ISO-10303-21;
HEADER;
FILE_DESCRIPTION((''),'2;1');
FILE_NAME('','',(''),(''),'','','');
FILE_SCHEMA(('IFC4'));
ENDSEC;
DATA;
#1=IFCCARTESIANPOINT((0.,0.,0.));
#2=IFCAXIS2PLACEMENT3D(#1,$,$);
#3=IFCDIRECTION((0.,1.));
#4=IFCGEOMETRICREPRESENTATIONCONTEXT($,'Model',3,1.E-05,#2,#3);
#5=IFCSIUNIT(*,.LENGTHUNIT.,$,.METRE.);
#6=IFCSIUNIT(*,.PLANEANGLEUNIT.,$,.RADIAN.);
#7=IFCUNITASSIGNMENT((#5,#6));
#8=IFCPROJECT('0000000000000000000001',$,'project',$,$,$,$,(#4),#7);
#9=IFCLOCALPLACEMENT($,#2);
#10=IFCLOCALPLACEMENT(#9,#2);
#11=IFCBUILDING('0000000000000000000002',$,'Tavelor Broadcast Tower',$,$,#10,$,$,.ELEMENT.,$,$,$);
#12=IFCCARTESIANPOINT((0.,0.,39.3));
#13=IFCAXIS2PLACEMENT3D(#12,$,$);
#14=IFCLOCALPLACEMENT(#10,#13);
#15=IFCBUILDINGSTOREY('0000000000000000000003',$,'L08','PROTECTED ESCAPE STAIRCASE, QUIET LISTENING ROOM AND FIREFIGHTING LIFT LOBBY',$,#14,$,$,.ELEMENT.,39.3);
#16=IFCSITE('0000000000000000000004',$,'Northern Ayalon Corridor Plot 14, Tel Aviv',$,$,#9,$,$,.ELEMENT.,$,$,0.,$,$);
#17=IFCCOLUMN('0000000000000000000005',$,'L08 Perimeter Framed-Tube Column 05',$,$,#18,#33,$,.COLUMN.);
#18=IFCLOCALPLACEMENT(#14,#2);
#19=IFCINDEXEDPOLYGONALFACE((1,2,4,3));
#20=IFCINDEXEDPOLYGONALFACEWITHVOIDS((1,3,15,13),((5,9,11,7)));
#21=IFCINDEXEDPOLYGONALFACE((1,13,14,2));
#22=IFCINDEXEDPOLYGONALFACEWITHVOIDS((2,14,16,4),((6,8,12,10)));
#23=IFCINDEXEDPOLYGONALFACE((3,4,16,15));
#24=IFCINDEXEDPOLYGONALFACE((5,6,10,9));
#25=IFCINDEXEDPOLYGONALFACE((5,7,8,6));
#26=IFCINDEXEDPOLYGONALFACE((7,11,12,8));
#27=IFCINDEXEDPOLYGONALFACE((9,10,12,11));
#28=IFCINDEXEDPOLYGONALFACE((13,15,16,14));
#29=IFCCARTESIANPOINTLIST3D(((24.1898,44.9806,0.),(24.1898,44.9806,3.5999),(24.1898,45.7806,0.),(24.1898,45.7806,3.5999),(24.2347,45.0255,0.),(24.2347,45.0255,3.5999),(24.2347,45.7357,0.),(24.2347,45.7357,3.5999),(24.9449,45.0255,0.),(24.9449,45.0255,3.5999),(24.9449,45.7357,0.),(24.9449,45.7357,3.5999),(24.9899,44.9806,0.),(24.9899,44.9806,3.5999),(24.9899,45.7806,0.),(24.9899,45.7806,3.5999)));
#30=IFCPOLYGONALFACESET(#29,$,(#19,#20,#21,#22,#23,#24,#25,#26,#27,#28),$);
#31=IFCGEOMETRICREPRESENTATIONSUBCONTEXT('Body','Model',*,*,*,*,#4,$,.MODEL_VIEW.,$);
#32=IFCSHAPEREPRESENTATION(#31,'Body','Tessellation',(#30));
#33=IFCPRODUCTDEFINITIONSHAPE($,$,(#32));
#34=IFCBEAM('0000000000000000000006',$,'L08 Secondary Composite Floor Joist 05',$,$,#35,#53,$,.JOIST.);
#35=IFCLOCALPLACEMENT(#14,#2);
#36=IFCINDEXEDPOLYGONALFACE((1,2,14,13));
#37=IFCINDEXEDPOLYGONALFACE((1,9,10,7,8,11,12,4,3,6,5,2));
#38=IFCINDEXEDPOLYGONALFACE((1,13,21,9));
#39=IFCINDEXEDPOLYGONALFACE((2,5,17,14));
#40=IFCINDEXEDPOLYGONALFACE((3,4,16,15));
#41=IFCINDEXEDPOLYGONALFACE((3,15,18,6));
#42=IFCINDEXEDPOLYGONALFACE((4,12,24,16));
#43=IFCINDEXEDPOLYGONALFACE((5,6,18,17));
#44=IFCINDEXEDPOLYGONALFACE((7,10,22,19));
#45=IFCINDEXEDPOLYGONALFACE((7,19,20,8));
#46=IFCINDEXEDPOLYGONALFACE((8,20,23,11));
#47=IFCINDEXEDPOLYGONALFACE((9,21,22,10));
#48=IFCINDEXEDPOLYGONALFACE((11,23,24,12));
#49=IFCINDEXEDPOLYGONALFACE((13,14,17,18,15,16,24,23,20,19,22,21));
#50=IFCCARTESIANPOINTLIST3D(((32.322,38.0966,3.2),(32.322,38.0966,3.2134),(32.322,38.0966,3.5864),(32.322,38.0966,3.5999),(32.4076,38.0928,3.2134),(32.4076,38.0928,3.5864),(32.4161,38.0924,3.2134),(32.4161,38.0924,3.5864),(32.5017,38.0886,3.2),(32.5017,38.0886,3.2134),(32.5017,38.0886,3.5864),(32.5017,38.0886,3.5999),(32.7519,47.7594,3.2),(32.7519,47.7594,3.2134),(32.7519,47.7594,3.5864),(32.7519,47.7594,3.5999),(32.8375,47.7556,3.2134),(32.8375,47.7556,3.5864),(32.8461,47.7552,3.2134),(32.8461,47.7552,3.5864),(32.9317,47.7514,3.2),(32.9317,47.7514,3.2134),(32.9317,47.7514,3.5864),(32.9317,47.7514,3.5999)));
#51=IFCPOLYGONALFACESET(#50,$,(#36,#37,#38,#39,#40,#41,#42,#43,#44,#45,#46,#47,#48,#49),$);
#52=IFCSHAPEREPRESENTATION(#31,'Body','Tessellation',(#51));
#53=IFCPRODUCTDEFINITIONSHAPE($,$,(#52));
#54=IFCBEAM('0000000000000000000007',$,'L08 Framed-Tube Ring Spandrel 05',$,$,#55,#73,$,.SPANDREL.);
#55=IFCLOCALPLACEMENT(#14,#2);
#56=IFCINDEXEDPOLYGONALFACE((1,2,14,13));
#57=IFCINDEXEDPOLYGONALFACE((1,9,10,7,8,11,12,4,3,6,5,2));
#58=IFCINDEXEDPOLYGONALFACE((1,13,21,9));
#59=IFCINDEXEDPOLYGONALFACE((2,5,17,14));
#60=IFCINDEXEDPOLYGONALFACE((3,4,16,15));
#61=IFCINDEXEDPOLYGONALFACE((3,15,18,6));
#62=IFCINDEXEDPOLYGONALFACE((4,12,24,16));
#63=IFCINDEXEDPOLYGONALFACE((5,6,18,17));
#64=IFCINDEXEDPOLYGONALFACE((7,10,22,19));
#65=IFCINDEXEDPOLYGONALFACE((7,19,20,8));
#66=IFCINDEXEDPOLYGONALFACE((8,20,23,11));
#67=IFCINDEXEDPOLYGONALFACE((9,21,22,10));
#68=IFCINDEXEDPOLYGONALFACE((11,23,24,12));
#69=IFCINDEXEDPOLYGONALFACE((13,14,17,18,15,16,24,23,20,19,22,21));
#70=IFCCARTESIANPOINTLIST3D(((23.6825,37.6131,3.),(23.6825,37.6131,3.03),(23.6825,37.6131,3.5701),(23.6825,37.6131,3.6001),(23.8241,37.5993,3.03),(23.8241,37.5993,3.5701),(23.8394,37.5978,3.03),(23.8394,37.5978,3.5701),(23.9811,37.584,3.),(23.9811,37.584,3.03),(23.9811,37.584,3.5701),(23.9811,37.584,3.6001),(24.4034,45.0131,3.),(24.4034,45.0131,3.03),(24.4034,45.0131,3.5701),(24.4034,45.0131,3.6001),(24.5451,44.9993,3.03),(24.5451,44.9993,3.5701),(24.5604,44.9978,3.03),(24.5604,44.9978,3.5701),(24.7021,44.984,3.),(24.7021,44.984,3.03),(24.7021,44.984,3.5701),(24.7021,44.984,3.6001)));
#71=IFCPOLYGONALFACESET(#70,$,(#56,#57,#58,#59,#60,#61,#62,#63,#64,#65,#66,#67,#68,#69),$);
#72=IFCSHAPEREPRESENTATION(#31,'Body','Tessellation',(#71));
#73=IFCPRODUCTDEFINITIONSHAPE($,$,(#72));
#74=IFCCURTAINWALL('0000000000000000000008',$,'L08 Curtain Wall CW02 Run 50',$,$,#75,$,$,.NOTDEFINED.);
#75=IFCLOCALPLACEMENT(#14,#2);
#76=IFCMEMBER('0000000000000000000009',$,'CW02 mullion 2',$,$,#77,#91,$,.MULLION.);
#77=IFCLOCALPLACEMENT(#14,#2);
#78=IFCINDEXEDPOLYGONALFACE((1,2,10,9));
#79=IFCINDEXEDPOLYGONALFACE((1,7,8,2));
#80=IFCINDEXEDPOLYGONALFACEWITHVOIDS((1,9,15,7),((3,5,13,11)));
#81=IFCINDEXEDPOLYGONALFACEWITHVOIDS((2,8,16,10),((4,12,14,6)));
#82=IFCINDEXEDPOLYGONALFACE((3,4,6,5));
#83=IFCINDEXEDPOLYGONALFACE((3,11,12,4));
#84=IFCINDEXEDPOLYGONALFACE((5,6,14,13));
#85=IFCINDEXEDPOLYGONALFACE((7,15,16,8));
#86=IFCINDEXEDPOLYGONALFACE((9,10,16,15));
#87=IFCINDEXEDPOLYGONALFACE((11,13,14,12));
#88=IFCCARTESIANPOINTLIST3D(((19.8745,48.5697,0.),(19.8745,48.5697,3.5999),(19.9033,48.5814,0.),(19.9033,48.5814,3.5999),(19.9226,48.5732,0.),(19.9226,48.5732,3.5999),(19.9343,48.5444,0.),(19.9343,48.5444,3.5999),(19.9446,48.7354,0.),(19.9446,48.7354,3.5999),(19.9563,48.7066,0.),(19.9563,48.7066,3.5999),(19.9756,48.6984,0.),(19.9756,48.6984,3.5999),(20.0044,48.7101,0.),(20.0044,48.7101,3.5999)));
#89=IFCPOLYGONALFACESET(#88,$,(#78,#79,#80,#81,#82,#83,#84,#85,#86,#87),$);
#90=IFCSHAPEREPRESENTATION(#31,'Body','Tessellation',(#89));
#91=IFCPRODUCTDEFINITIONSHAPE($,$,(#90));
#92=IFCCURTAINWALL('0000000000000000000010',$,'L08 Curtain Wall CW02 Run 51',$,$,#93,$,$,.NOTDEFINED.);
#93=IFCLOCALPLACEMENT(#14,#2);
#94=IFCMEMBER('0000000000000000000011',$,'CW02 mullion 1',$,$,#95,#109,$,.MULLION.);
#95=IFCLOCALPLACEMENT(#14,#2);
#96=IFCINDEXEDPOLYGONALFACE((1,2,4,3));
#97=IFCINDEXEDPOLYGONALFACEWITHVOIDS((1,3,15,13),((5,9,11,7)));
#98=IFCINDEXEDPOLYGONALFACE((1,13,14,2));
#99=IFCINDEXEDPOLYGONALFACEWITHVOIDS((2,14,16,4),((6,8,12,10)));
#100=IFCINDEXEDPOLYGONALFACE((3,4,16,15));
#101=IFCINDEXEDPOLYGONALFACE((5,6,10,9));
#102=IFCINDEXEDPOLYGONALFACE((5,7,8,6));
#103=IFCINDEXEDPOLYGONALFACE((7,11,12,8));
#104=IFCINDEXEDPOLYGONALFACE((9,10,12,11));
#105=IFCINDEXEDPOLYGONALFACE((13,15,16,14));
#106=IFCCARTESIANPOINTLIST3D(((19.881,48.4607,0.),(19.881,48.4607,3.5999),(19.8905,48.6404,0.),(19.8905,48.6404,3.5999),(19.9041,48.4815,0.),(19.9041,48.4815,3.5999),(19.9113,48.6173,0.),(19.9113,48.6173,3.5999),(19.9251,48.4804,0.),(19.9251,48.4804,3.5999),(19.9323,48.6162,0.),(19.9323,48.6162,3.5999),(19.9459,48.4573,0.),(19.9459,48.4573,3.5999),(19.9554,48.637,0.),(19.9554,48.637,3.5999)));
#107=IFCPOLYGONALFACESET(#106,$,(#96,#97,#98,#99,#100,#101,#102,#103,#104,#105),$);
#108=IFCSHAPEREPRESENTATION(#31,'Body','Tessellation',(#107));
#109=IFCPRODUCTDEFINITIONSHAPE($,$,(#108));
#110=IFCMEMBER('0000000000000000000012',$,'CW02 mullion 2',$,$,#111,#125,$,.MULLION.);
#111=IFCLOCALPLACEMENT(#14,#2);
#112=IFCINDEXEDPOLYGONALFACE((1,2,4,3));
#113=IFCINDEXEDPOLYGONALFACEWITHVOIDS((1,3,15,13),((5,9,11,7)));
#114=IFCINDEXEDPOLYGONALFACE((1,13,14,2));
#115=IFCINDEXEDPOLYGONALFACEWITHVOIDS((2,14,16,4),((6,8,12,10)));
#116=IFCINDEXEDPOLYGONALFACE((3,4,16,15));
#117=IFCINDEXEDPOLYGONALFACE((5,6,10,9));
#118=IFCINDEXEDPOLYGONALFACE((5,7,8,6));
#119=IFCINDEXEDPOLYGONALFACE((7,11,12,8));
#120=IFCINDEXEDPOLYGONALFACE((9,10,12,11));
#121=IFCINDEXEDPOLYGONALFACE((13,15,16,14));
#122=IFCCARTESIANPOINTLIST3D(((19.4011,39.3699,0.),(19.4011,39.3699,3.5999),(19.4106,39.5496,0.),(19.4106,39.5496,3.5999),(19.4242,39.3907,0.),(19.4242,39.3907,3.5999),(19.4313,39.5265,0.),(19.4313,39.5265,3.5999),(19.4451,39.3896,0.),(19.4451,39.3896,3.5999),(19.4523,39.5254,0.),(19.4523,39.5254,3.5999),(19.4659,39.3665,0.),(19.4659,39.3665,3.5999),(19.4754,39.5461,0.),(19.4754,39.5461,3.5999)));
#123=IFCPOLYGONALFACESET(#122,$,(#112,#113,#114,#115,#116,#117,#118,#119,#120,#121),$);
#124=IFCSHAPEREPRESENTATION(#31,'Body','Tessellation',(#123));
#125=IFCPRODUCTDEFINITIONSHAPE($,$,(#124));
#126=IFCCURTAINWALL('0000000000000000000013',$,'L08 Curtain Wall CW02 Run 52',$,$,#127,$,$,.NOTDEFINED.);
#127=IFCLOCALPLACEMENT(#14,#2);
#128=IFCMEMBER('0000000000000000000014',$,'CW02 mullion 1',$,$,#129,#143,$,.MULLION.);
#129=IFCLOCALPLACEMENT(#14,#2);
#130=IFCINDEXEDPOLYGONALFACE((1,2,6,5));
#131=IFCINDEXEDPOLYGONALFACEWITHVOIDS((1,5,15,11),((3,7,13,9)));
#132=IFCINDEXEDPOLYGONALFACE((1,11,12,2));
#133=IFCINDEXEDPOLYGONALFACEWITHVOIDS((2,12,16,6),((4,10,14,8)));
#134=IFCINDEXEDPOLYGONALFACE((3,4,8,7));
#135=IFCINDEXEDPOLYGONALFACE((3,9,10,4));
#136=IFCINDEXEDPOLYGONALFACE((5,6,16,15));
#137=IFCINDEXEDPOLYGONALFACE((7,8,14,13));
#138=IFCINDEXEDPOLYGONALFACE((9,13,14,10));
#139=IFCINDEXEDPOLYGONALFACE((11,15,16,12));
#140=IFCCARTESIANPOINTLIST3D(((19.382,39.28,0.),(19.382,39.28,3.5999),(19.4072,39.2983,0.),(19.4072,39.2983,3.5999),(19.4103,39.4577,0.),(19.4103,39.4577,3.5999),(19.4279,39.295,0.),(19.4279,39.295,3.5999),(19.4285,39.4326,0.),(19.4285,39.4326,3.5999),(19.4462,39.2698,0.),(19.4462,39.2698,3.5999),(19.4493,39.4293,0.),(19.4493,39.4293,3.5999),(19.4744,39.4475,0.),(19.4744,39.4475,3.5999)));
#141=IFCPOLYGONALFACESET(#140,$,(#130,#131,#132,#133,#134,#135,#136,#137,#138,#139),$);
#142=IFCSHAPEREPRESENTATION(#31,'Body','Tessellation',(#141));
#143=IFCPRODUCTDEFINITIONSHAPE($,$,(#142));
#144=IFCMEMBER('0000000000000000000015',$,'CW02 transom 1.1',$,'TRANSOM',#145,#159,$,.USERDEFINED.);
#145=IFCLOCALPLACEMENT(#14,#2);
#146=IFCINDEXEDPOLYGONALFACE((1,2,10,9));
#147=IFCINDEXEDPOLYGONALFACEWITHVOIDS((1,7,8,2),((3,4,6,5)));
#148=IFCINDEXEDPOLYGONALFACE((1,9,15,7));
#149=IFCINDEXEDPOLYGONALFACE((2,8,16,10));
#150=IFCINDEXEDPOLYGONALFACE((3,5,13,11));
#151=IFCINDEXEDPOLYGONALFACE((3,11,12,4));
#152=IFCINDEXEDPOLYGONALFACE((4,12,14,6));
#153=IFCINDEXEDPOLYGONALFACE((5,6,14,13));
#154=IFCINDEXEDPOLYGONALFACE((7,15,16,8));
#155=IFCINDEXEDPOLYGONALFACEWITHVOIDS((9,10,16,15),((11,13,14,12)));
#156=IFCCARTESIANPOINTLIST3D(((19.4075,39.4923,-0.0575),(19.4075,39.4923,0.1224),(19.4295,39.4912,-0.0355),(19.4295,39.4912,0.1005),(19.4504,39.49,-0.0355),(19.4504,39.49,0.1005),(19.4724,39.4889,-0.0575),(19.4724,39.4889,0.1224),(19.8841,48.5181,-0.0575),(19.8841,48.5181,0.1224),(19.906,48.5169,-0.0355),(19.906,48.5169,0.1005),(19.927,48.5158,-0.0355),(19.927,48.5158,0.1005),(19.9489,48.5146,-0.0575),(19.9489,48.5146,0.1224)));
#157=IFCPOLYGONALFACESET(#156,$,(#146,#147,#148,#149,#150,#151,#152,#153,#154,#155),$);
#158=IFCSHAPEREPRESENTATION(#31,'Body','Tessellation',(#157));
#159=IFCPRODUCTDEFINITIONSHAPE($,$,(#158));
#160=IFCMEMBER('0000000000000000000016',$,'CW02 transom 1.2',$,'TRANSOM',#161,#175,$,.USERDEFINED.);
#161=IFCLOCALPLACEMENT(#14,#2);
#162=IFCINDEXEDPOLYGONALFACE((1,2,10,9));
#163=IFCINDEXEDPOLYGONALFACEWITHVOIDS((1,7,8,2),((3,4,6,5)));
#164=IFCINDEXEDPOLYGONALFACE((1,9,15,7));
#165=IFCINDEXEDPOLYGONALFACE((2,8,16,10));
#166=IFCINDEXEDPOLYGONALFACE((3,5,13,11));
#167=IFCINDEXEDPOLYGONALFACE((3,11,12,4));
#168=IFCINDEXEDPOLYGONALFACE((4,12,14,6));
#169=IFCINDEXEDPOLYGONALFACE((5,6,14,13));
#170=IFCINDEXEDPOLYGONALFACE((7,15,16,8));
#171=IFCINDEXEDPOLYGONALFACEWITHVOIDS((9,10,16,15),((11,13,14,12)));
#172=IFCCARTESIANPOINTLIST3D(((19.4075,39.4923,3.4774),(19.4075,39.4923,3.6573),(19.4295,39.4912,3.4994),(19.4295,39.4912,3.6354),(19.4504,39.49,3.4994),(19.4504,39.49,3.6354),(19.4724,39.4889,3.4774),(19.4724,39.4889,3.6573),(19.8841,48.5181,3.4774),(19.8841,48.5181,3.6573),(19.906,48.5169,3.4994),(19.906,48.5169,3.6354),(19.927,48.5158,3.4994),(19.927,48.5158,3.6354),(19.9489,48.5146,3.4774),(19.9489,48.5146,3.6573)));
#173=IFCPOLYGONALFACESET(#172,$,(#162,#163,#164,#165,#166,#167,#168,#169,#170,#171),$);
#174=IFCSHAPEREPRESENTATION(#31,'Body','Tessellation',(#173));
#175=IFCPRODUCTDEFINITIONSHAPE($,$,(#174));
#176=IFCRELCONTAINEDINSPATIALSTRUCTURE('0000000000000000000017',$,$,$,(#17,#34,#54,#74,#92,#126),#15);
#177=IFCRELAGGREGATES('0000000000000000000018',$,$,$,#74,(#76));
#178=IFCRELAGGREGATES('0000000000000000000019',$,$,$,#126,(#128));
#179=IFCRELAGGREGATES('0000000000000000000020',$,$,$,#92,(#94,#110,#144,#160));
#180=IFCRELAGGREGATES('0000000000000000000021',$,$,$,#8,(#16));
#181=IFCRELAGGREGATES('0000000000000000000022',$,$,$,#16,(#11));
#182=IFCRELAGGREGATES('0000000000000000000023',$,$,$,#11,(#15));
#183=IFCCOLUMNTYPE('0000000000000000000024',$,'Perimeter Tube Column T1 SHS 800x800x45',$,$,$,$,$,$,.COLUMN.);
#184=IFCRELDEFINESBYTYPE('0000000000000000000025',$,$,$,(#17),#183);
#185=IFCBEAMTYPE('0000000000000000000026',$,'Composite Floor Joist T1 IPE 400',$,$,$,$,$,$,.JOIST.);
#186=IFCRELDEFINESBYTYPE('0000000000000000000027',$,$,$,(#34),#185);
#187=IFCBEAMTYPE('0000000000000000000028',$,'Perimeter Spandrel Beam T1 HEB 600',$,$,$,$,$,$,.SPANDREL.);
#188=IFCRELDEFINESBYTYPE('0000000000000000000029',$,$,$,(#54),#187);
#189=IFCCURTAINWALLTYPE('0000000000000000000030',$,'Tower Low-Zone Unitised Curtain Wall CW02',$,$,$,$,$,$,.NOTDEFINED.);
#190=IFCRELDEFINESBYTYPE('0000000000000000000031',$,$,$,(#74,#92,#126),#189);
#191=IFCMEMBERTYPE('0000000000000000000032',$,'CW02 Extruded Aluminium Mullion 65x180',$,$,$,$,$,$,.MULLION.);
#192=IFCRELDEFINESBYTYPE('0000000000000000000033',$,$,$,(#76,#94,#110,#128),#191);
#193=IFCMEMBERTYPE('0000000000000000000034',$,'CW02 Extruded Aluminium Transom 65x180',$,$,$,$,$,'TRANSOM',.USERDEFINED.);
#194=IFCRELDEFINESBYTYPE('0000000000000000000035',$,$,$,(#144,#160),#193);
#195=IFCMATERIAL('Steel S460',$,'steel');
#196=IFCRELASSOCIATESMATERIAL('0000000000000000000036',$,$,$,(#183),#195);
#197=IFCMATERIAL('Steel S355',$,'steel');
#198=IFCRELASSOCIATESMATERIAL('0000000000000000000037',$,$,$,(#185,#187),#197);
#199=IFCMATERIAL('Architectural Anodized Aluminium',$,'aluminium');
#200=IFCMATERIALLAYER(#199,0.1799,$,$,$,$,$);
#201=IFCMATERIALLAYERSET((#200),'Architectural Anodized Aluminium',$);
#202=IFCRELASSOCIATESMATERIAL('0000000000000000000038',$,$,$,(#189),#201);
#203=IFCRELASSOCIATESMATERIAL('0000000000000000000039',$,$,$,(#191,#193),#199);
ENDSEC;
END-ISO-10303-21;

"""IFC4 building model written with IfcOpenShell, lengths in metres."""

from ifc_helpers import new_model, si_unit, direction, frame, origin, origin_2d, place, context, subcontext, project, spatial, hollow_rectangle, i_section, extrude, source, transform, mapped, material, layer, layer_set, material_profile, profile_set, type_object, type_shapes, element, aggregate, save


model = new_model("IFC4")

# Units and contexts
model_context = context("Model", 3, precision=1e-05, world=origin(), true_north=direction((0.0, 1.0)))
body_context = subcontext(model_context, "Body", "Model", "MODEL_VIEW")
ifc_project = project(units=[si_unit("LENGTHUNIT", "METRE"), si_unit("PLANEANGLEUNIT", "RADIAN")], contexts=[model_context])

# Site, building, storey
site_placement = place(None, origin())
site = spatial("IfcSite", under=ifc_project, at=site_placement, Name="Northern Ayalon Corridor Plot 14, Tel Aviv", CompositionType="ELEMENT", RefElevation=0.0)
building_placement = place(site_placement, origin())
building = spatial("IfcBuilding", under=site, at=building_placement, Name="Tavelor Broadcast Tower", CompositionType="ELEMENT")
storey_placement = place(building_placement, frame((0.0, 0.0, 39.3)))
storey = spatial("IfcBuildingStorey", under=building, at=storey_placement, Name="L08", Description="PROTECTED ESCAPE STAIRCASE, QUIET LISTENING ROOM AND FIREFIGHTING LIFT LOBBY", CompositionType="ELEMENT", Elevation=39.3)

# Column
ifc_material_1 = material(Name="Steel S460", Category="steel")
ifc_material_profile_1 = material_profile(ifc_material_1, hollow_rectangle(XDim=0.8, YDim=0.8, WallThickness=0.0449, at=origin_2d()), Name="SHS 800x800x45")
ifc_profile_set_1 = profile_set([ifc_material_profile_1], Name="Steel S460")
column_type = type_object("IfcColumnType", Name="Perimeter Tube Column T1 SHS 800x800x45", PredefinedType="COLUMN", material=ifc_profile_set_1)
column_placement = place(storey_placement, frame((24.5898, 45.3806, 0.0), z_axis=(0.0, 0.0, 1.0), x_axis=(1.0, 0.0, 0.0)))
element("IfcColumn", 1, at=column_placement, inside=storey, type_object=column_type, Name="L08 Perimeter Framed-Tube Column 05", PredefinedType="COLUMN", context=body_context, shape_type="SweptSolid", body=[
    extrude(hollow_rectangle(XDim=0.8, YDim=0.8, WallThickness=0.0449, at=origin_2d()), origin(), (0.0, 0.0, 1.0), 3.5999),
])

# Beams
ifc_material_2 = material(Name="Steel S355", Category="steel")
ifc_material_profile_2 = material_profile(ifc_material_2, i_section(OverallWidth=0.1799, OverallDepth=0.3999, WebThickness=0.0085, FlangeThickness=0.0134, at=origin_2d()), Name="IPE 400")
ifc_profile_set_2 = profile_set([ifc_material_profile_2], Name="Steel S355")
beam_type_1 = type_object("IfcBeamType", Name="Composite Floor Joist T1 IPE 400", PredefinedType="JOIST", material=ifc_profile_set_2)
beam_1_placement = place(storey_placement, frame((32.8418, 47.7554, 3.3999), z_axis=(-0.044449, -0.999012, 0.0), x_axis=(0.999012, -0.044449, 0.0)))
element("IfcBeam", 2, at=beam_1_placement, inside=storey, type_object=beam_type_1, Name="L08 Secondary Composite Floor Joist 05", PredefinedType="JOIST", context=body_context, shape_type="SweptSolid", body=[
    extrude(i_section(OverallWidth=0.1799, OverallDepth=0.3999, WebThickness=0.0085, FlangeThickness=0.0134, at=origin_2d()), origin(), (0.0, 0.0, 1.0), 9.6724),
])
ifc_material_profile_3 = material_profile(ifc_material_2, i_section(OverallWidth=0.3, OverallDepth=0.6001, WebThickness=0.0154, FlangeThickness=0.03, at=origin_2d()), Name="HEB 600")
ifc_profile_set_3 = profile_set([ifc_material_profile_3], Name="Steel S355")
beam_type_2 = type_object("IfcBeamType", Name="Perimeter Spandrel Beam T1 HEB 600", PredefinedType="SPANDREL", material=ifc_profile_set_3)
beam_2_placement = place(storey_placement, frame((24.5527, 44.9985, 3.3), z_axis=(-0.096967, -0.995288, 0.0), x_axis=(0.995288, -0.096967, 0.0)))
element("IfcBeam", 3, at=beam_2_placement, inside=storey, type_object=beam_type_2, Name="L08 Framed-Tube Ring Spandrel 05", PredefinedType="SPANDREL", context=body_context, shape_type="SweptSolid", body=[
    extrude(i_section(OverallWidth=0.3, OverallDepth=0.6001, WebThickness=0.0154, FlangeThickness=0.03, at=origin_2d()), origin(), (0.0, 0.0, 1.0), 7.4351),
])

# Curtain wall, member
ifc_material_3 = material(Name="Architectural Anodized Aluminium", Category="aluminium")
ifc_layer_1 = layer(ifc_material_3, 0.1799)
ifc_layer_set_1 = layer_set([ifc_layer_1], Name="Architectural Anodized Aluminium")
curtain_wall_type = type_object("IfcCurtainWallType", Name="Tower Low-Zone Unitised Curtain Wall CW02", PredefinedType="NOTDEFINED", material=ifc_layer_set_1)
curtain_wall_1_placement = place(storey_placement, origin())
curtain_wall_1 = element("IfcCurtainWall", 4, at=curtain_wall_1_placement, inside=storey, type_object=curtain_wall_type, Name="L08 Curtain Wall CW02 Run 50", PredefinedType="NOTDEFINED")
ifc_material_profile_4 = material_profile(ifc_material_3, hollow_rectangle(XDim=0.0649, YDim=0.1799, WallThickness=0.022, at=origin_2d()), Name="RHS 65x180x22")
ifc_profile_set_4 = profile_set([ifc_material_profile_4], Name="Architectural Anodized Aluminium")
member_type_1 = type_object("IfcMemberType", Name="CW02 Extruded Aluminium Mullion 65x180", PredefinedType="MULLION", material=ifc_profile_set_4)
shared_shape_1 = source(origin(), body_context, "Body", "SweptSolid", [
    extrude(hollow_rectangle(XDim=0.0649, YDim=0.1799, WallThickness=0.022, at=origin_2d()), origin(), (0.0, 0.0, 1.0), 3.5999),
])
type_shapes(member_type_1, [shared_shape_1])
member_1_placement = place(storey_placement, frame((19.9395, 48.6399, 0.0), z_axis=(0.0, 0.0, 1.0), x_axis=(0.921022, -0.389512, 0.0)))
member_1 = element("IfcMember", 5, at=member_1_placement, type_object=member_type_1, Name="CW02 mullion 2", PredefinedType="MULLION", context=body_context, shape_type="MappedRepresentation", body=[
    mapped(shared_shape_1, transform((0.0, 0.0, 0.0), scale=1.0)),
])
aggregate(curtain_wall_1, [member_1])

# Curtain wall, members
curtain_wall_2_placement = place(storey_placement, origin())
curtain_wall_2 = element("IfcCurtainWall", 6, at=curtain_wall_2_placement, inside=storey, type_object=curtain_wall_type, Name="L08 Curtain Wall CW02 Run 51", PredefinedType="NOTDEFINED")
member_2_placement = place(storey_placement, frame((19.9182, 48.5488, 0.0), z_axis=(0.0, 0.0, 1.0), x_axis=(0.998608, -0.052747, 0.0)))
member_2 = element("IfcMember", 7, at=member_2_placement, type_object=member_type_1, Name="CW02 mullion 1", PredefinedType="MULLION", context=body_context, shape_type="MappedRepresentation", body=[
    mapped(shared_shape_1, transform((0.0, 0.0, 0.0), scale=1.0)),
])
member_3_placement = place(storey_placement, frame((19.4382, 39.458, 0.0), z_axis=(0.0, 0.0, 1.0), x_axis=(0.998608, -0.052747, 0.0)))
member_3 = element("IfcMember", 8, at=member_3_placement, type_object=member_type_1, Name="CW02 mullion 2", PredefinedType="MULLION", context=body_context, shape_type="MappedRepresentation", body=[
    mapped(shared_shape_1, transform((0.0, 0.0, 0.0), scale=1.0)),
])

# Curtain wall, member
curtain_wall_3_placement = place(storey_placement, origin())
curtain_wall_3 = element("IfcCurtainWall", 9, at=curtain_wall_3_placement, inside=storey, type_object=curtain_wall_type, Name="L08 Curtain Wall CW02 Run 52", PredefinedType="NOTDEFINED")
member_4_placement = place(storey_placement, frame((19.4282, 39.3638, 0.0), z_axis=(0.0, 0.0, 1.0), x_axis=(0.987623, -0.156847, 0.0)))
member_4 = element("IfcMember", 10, at=member_4_placement, type_object=member_type_1, Name="CW02 mullion 1", PredefinedType="MULLION", context=body_context, shape_type="MappedRepresentation", body=[
    mapped(shared_shape_1, transform((0.0, 0.0, 0.0), scale=1.0)),
])
aggregate(curtain_wall_3, [member_4])

# Members
ifc_material_profile_5 = material_profile(ifc_material_3, hollow_rectangle(XDim=0.0649, YDim=0.1799, WallThickness=0.022, at=origin_2d()), Name="RHS 65x180x22")
ifc_profile_set_5 = profile_set([ifc_material_profile_5], Name="Architectural Anodized Aluminium")
member_type_2 = type_object("IfcMemberType", Name="CW02 Extruded Aluminium Transom 65x180", ElementType="TRANSOM", PredefinedType="USERDEFINED", material=ifc_profile_set_5)
shared_shape_2 = source(origin(), body_context, "Body", "SweptSolid", [
    extrude(hollow_rectangle(XDim=0.0649, YDim=0.1799, WallThickness=0.022, at=origin_2d()), origin(), (0.0, 0.0, 1.0), 9.0383),
])
type_shapes(member_type_2, [shared_shape_2])
member_5_placement = place(storey_placement, frame((19.9165, 48.5164, 0.0325), z_axis=(-0.052726, -0.998609, 0.0), x_axis=(0.998609, -0.052726, 0.0)))
member_5 = element("IfcMember", 11, at=member_5_placement, type_object=member_type_2, Name="CW02 transom 1.1", ObjectType="TRANSOM", PredefinedType="USERDEFINED", context=body_context, shape_type="MappedRepresentation", body=[
    mapped(shared_shape_2, transform((0.0, 0.0, 0.0), scale=1.0)),
])
member_6_placement = place(storey_placement, frame((19.9165, 48.5164, 3.5674), z_axis=(-0.052726, -0.998609, 0.0), x_axis=(0.998609, -0.052726, 0.0)))
member_6 = element("IfcMember", 12, at=member_6_placement, type_object=member_type_2, Name="CW02 transom 1.2", ObjectType="TRANSOM", PredefinedType="USERDEFINED", context=body_context, shape_type="MappedRepresentation", body=[
    mapped(shared_shape_2, transform((0.0, 0.0, 0.0), scale=1.0)),
])

aggregate(curtain_wall_2, [member_2, member_3, member_5, member_6])

save(model, "model.ifc")
